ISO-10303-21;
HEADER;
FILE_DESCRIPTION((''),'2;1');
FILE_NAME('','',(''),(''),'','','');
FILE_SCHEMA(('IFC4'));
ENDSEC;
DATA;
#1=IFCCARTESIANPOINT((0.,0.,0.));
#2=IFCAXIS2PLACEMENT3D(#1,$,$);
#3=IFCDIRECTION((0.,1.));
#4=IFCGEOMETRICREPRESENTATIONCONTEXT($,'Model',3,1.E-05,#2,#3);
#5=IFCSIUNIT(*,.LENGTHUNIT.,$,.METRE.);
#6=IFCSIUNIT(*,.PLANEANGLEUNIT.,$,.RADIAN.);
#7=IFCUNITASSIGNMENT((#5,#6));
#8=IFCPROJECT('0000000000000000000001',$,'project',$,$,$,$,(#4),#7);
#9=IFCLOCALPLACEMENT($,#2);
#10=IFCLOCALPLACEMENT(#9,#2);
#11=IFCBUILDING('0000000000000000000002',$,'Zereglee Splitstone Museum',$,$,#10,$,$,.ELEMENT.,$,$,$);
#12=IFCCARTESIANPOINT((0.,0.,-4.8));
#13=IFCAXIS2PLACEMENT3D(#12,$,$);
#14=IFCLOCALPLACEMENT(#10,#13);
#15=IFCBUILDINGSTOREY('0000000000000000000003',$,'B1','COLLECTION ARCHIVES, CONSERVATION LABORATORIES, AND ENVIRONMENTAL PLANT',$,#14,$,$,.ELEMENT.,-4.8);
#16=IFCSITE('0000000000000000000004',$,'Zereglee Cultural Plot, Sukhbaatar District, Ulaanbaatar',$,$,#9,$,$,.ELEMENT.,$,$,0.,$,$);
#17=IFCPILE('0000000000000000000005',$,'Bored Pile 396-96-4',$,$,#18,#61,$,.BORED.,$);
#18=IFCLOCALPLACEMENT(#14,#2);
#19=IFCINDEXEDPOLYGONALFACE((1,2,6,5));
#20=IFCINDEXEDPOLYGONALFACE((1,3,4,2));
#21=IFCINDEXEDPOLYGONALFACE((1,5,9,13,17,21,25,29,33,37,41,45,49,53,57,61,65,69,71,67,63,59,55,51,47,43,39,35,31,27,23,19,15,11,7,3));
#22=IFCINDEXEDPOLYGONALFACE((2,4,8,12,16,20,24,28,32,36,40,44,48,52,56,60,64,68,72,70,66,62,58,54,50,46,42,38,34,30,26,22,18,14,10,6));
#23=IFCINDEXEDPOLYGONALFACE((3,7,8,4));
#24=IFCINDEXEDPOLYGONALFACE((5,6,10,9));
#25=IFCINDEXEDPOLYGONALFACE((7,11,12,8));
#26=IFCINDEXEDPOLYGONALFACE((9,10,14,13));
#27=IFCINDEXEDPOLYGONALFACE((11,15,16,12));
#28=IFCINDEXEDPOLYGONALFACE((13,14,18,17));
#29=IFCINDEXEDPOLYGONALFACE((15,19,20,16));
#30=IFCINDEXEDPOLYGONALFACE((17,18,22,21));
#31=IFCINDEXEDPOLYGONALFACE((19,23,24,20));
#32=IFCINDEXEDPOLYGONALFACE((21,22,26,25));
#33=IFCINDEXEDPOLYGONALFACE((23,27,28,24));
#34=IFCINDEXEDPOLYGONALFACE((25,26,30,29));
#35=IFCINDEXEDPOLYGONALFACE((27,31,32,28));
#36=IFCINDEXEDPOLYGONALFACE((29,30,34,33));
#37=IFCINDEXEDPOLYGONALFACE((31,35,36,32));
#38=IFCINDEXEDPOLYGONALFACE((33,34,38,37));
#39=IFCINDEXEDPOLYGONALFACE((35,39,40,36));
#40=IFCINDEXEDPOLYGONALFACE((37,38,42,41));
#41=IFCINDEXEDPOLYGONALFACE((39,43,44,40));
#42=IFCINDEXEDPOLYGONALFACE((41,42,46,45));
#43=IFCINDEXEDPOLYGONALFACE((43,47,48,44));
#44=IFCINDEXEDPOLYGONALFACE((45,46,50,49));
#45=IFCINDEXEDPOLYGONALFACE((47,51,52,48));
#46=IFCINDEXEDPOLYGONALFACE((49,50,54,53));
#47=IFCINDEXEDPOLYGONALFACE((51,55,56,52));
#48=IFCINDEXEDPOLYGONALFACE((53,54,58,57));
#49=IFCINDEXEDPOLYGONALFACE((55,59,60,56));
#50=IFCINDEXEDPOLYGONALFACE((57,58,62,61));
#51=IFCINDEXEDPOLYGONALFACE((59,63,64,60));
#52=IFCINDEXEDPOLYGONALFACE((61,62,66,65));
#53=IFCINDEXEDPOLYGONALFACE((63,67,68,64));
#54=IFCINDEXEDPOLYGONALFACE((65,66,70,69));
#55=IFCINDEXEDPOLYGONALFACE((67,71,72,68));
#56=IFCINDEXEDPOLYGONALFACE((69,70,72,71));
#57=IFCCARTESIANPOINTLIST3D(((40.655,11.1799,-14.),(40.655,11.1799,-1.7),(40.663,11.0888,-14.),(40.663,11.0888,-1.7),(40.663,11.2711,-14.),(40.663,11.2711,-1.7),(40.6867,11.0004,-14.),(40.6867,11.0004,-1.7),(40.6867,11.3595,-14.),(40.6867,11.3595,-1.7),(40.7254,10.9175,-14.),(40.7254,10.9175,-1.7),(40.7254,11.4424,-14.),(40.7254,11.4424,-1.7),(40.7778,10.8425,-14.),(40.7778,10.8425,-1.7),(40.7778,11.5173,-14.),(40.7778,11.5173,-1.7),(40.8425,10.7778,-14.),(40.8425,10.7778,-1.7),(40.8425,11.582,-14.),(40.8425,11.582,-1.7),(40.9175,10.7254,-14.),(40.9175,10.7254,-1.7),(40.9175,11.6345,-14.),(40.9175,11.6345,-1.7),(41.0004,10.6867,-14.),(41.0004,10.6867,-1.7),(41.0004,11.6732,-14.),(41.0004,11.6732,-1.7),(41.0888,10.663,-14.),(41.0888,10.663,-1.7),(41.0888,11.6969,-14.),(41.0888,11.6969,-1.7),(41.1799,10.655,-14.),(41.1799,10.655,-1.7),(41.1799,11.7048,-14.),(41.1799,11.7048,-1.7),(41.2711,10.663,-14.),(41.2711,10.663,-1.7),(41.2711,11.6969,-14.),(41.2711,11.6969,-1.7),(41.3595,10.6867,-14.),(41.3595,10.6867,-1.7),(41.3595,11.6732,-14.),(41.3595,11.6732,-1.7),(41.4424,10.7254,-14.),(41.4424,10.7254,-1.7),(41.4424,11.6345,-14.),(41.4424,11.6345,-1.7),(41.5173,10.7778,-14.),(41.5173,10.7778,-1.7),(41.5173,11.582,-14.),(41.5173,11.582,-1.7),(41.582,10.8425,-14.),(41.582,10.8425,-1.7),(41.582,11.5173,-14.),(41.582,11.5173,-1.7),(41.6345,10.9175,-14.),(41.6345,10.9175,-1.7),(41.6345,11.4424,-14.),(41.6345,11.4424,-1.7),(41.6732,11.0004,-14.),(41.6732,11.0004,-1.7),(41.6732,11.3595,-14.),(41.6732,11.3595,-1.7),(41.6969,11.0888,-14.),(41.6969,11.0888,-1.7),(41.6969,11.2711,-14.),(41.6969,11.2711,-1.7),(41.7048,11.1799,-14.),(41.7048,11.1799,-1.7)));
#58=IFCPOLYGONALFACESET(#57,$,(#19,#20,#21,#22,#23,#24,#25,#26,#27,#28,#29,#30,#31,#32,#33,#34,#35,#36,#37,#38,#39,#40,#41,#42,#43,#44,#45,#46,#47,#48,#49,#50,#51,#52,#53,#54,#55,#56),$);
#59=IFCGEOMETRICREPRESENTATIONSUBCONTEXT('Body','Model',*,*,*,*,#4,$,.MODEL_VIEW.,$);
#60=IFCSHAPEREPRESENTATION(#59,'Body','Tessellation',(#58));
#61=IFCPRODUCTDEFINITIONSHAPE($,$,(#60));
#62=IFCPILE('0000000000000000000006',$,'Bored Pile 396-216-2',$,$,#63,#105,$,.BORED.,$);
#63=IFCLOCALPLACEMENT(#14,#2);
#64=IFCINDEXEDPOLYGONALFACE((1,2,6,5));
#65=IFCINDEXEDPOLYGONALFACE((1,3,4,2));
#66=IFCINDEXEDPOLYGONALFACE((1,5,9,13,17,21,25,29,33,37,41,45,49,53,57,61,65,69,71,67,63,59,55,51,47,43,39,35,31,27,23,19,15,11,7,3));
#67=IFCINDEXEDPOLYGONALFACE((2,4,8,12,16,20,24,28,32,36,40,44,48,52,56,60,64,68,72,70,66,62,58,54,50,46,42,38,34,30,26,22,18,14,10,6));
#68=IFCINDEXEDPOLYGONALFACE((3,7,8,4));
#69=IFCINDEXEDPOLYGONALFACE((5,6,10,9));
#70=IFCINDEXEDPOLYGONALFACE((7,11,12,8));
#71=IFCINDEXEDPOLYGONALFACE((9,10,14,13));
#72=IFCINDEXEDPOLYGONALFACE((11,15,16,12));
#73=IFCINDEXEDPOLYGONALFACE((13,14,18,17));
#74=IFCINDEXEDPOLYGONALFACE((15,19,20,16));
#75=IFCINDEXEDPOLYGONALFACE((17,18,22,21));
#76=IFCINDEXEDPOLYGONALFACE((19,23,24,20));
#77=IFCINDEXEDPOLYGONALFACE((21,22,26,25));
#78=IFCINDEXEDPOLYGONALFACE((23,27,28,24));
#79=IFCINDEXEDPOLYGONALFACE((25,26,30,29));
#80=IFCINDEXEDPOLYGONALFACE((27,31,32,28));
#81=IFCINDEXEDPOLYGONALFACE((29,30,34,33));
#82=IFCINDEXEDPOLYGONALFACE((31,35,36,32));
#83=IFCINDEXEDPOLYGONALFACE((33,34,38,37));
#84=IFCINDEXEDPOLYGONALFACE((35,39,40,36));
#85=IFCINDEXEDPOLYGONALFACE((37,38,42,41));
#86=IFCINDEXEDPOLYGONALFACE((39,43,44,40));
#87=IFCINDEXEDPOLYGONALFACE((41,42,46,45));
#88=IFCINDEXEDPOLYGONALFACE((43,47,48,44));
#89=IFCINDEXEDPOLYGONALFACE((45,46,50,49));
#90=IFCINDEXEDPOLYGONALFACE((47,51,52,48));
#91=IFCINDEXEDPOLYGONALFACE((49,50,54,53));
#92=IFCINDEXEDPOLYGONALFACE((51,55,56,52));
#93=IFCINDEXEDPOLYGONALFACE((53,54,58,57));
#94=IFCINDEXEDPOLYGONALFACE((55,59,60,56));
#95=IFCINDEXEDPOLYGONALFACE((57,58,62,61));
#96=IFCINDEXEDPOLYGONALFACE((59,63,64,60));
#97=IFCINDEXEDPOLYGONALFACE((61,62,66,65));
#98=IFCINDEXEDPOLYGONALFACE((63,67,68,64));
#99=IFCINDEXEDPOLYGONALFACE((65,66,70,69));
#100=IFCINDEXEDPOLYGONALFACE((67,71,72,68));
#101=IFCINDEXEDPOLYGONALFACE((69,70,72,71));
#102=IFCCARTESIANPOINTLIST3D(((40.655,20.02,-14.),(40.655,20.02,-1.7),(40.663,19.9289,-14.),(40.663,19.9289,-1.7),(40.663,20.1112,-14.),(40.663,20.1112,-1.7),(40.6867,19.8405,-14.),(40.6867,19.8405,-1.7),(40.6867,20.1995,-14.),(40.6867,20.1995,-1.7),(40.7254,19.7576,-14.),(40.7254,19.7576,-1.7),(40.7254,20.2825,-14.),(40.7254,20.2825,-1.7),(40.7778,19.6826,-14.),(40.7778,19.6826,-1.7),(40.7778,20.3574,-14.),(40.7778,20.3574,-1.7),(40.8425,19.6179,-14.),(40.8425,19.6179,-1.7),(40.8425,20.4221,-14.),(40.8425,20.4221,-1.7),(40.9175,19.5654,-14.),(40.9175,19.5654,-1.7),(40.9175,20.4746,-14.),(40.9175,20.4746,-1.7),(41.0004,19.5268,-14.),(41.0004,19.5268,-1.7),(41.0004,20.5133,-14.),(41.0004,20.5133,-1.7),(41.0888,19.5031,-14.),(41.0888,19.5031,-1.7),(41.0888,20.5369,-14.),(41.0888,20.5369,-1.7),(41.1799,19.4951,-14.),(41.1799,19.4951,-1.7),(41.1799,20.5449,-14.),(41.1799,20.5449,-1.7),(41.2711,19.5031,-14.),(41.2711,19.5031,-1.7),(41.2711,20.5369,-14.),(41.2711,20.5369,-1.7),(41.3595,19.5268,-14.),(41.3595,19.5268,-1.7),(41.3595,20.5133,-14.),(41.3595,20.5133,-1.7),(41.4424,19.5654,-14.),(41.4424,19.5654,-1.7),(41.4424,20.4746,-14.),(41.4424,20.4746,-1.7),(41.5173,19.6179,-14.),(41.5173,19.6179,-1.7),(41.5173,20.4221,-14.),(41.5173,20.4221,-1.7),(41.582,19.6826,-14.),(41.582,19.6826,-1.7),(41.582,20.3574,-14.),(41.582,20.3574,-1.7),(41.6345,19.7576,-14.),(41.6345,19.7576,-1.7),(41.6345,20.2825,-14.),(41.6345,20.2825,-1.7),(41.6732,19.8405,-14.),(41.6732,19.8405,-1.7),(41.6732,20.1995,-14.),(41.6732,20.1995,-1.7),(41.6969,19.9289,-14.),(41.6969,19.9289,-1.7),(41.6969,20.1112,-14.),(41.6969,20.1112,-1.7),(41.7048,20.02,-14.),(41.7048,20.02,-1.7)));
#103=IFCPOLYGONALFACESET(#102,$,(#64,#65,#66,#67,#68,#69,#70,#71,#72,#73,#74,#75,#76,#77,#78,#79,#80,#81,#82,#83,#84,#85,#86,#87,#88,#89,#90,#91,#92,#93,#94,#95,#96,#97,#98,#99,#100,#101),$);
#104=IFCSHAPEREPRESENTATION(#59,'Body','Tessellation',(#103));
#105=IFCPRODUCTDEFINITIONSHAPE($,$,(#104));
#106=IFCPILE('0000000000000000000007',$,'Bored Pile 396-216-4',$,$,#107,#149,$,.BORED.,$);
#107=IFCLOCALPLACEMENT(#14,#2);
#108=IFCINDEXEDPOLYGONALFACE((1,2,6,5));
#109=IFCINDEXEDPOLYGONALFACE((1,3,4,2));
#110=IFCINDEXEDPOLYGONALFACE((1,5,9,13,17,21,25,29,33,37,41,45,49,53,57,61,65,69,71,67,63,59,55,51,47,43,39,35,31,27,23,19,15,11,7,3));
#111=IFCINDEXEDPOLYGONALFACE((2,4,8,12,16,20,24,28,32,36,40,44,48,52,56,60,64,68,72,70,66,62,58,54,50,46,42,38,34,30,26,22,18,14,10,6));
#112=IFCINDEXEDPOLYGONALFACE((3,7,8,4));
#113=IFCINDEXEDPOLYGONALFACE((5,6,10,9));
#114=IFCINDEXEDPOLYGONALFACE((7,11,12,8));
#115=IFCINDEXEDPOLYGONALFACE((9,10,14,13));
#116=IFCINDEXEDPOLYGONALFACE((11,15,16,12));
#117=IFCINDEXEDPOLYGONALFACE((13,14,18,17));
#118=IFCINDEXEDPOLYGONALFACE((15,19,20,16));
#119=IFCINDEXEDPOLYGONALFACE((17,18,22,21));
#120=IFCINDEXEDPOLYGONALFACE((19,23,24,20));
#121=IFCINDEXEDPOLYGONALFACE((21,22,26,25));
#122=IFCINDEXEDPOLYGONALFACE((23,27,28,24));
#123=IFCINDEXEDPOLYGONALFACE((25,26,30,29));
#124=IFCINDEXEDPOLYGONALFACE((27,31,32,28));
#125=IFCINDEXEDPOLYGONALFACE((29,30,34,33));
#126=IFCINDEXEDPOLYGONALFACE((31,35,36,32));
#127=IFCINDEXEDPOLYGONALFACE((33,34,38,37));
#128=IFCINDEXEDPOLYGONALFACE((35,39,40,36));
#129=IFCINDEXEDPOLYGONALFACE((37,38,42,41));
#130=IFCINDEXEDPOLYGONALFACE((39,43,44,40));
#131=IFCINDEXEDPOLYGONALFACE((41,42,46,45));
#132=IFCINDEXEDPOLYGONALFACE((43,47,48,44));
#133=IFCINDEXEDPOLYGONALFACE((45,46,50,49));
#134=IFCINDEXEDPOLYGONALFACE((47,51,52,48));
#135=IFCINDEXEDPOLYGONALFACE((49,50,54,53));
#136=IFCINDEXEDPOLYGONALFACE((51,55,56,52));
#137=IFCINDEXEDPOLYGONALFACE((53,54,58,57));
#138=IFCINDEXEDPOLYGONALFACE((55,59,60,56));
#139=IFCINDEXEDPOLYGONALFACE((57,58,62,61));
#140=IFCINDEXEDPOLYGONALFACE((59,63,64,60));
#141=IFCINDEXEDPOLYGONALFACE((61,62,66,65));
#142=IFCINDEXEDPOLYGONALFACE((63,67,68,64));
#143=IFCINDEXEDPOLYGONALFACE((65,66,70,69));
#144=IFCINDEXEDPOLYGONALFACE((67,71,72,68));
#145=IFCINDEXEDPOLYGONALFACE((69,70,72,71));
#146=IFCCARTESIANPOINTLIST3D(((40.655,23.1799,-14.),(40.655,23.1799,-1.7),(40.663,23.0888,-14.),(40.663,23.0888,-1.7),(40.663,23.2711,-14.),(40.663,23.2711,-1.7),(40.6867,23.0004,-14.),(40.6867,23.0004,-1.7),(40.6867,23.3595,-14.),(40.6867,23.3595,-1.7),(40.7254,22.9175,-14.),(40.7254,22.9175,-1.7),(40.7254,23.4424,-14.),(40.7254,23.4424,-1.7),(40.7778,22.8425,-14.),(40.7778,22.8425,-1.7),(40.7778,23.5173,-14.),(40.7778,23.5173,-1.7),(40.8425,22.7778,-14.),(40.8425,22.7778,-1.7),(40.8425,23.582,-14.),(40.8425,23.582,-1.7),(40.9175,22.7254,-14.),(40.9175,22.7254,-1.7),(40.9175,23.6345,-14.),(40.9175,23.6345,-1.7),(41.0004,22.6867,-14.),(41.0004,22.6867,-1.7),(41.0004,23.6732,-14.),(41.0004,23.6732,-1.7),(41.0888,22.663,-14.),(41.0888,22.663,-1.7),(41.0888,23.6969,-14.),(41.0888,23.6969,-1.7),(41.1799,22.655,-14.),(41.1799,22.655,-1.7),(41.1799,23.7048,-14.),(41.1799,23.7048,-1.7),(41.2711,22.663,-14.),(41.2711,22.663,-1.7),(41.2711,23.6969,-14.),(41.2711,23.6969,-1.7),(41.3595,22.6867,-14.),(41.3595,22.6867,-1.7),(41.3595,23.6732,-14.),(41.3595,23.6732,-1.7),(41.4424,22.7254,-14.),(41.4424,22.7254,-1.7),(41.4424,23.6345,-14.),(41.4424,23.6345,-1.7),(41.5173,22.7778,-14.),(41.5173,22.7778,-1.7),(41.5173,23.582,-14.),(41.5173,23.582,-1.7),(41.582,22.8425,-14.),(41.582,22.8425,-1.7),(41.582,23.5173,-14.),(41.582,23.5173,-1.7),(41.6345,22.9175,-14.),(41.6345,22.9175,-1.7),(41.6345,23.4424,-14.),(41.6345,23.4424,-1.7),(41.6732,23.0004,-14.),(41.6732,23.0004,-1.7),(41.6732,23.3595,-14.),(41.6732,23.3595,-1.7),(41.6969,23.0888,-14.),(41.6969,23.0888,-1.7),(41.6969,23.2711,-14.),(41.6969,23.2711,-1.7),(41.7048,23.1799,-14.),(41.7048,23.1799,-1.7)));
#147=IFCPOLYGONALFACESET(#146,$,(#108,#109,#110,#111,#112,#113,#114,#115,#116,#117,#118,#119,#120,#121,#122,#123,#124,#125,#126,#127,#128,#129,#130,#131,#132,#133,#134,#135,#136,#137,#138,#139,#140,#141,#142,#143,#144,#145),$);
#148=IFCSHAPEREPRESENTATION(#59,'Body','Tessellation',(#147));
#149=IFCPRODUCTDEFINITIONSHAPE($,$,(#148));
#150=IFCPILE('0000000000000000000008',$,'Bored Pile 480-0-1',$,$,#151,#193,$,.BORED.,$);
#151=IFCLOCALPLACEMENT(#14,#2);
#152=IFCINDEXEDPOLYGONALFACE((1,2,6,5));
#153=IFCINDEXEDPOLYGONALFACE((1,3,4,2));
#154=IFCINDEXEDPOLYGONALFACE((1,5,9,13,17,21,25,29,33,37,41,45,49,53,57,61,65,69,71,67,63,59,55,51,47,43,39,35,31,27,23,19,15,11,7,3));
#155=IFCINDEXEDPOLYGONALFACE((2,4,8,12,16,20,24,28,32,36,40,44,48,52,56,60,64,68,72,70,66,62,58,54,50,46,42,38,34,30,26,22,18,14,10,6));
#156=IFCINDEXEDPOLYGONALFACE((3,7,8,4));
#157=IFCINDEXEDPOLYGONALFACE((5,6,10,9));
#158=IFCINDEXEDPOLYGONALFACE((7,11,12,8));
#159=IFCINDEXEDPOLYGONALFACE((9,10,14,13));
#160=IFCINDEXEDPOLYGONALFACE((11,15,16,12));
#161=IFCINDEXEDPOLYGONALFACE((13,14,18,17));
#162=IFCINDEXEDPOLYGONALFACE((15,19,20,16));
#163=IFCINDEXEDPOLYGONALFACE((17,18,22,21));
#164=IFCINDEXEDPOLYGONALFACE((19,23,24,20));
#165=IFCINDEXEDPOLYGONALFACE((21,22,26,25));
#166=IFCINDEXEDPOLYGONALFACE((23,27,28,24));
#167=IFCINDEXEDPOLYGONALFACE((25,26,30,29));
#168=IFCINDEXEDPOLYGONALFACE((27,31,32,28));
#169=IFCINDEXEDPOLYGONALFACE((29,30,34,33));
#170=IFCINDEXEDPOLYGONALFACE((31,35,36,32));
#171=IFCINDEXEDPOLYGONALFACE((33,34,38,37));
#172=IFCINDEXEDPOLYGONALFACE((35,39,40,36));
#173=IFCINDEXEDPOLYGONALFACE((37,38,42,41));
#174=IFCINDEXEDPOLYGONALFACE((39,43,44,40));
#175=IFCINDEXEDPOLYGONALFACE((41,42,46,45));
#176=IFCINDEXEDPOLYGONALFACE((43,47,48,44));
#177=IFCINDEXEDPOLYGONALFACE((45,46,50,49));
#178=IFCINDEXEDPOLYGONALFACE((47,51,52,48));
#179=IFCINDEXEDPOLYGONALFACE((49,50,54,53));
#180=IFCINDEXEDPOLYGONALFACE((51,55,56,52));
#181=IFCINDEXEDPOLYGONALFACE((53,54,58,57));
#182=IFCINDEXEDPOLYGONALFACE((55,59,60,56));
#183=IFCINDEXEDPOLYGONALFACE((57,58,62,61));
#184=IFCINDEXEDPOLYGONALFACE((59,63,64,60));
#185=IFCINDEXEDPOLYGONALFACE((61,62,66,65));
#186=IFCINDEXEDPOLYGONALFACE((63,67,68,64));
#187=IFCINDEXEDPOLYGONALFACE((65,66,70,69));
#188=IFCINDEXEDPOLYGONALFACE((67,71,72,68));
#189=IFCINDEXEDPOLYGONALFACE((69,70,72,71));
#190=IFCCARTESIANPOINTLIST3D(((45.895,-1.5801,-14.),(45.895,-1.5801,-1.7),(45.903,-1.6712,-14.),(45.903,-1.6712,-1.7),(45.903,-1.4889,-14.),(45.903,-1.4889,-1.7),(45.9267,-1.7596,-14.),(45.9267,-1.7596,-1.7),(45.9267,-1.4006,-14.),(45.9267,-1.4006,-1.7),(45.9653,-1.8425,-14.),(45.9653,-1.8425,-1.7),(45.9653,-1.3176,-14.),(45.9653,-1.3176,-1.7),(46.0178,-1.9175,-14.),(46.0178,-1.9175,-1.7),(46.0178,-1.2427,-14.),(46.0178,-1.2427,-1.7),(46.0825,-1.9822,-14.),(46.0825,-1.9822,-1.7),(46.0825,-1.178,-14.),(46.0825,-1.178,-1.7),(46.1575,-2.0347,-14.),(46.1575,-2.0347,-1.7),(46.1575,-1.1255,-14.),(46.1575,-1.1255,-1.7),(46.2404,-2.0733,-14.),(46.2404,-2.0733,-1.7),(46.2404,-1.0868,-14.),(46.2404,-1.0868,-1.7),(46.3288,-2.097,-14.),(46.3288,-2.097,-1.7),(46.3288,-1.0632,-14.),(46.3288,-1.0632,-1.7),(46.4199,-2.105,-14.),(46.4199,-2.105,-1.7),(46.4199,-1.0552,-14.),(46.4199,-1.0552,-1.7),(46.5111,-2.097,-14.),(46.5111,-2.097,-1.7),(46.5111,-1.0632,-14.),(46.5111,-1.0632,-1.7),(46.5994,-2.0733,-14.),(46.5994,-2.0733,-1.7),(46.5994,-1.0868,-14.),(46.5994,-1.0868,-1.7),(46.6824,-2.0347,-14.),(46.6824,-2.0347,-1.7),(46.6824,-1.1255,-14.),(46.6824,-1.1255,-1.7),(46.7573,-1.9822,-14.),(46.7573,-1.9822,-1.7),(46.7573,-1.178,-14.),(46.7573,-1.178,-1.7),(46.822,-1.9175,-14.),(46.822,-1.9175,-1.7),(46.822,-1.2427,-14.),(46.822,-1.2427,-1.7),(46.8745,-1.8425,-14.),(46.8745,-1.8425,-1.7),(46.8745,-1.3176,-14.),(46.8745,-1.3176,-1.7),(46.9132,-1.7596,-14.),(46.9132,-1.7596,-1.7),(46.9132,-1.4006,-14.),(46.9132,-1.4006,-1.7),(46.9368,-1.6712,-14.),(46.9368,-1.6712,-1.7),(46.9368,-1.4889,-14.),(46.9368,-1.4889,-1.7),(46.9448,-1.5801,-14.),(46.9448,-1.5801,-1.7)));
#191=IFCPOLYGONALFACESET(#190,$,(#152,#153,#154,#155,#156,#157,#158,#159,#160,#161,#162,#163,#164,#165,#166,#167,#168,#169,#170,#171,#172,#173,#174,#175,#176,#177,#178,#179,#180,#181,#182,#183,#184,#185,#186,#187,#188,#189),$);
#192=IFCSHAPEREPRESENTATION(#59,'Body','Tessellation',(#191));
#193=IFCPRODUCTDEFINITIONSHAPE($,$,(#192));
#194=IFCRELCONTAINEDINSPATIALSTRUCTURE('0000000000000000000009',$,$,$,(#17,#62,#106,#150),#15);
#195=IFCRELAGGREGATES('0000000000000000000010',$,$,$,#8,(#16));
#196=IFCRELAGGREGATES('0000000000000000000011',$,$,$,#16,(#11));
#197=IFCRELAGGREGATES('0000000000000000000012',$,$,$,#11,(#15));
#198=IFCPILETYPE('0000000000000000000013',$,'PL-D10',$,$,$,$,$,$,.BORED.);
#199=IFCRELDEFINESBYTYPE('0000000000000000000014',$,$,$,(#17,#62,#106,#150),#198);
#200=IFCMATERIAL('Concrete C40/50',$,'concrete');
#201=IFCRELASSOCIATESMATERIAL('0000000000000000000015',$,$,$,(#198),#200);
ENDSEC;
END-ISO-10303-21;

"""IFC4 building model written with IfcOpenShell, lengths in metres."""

from ifc_helpers import new_model, si_unit, direction, frame, origin, origin_2d, place, context, subcontext, project, spatial, circle, extrude, material, material_profile, profile_set, type_object, element, save


model = new_model("IFC4")

# Units and contexts
model_context = context("Model", 3, precision=1e-05, world=origin(), true_north=direction((0.0, 1.0)))
body_context = subcontext(model_context, "Body", "Model", "MODEL_VIEW")
ifc_project = project(units=[si_unit("LENGTHUNIT", "METRE"), si_unit("PLANEANGLEUNIT", "RADIAN")], contexts=[model_context])

# Site, building, storey
site_placement = place(None, origin())
site = spatial("IfcSite", under=ifc_project, at=site_placement, Name="Zereglee Cultural Plot, Sukhbaatar District, Ulaanbaatar", CompositionType="ELEMENT", RefElevation=0.0)
building_placement = place(site_placement, origin())
building = spatial("IfcBuilding", under=site, at=building_placement, Name="Zereglee Splitstone Museum", CompositionType="ELEMENT")
storey_placement = place(building_placement, frame((0.0, 0.0, -4.8)))
storey = spatial("IfcBuildingStorey", under=building, at=storey_placement, Name="B1", Description="COLLECTION ARCHIVES, CONSERVATION LABORATORIES, AND ENVIRONMENTAL PLANT", CompositionType="ELEMENT", Elevation=-4.8)

# Shared definitions
ifc_material_1 = material(Name="Concrete C40/50", Category="concrete")

# Piles
ifc_material_profile_1 = material_profile(ifc_material_1, circle(Radius=0.5249, at=origin_2d()), Name="PILE D1050")
ifc_profile_set_1 = profile_set([ifc_material_profile_1], Name="Concrete C40/50")
pile_type = type_object("IfcPileType", Name="PL-D10", PredefinedType="BORED", material=ifc_profile_set_1)
for number, where, z_axis, x_axis, name in (
    (1, (41.1799, 11.1799, -1.7), (0.0, 0.0, -1.0), (1.0, 0.0, 0.0), "Bored Pile 396-96-4"),
    (2, (41.1799, 20.02, -1.7), (0.0, 0.0, -1.0), (1.0, 0.0, 0.0), "Bored Pile 396-216-2"),
    (3, (41.1799, 23.1799, -1.7), (0.0, 0.0, -1.0), (1.0, 0.0, 0.0), "Bored Pile 396-216-4"),
    (4, (46.4199, -1.5801, -1.7), (0.0, 0.0, -1.0), (1.0, 0.0, 0.0), "Bored Pile 480-0-1"),
):
    element("IfcPile", number, at=place(storey_placement, frame(where, z_axis=z_axis, x_axis=x_axis)), inside=storey, type_object=pile_type, Name=name, PredefinedType="BORED", context=body_context, shape_type="SweptSolid", body=[
        extrude(circle(Radius=0.5249, at=origin_2d()), origin(), (0.0, 0.0, 1.0), 12.3),
    ])

save(model, "model.ifc")
